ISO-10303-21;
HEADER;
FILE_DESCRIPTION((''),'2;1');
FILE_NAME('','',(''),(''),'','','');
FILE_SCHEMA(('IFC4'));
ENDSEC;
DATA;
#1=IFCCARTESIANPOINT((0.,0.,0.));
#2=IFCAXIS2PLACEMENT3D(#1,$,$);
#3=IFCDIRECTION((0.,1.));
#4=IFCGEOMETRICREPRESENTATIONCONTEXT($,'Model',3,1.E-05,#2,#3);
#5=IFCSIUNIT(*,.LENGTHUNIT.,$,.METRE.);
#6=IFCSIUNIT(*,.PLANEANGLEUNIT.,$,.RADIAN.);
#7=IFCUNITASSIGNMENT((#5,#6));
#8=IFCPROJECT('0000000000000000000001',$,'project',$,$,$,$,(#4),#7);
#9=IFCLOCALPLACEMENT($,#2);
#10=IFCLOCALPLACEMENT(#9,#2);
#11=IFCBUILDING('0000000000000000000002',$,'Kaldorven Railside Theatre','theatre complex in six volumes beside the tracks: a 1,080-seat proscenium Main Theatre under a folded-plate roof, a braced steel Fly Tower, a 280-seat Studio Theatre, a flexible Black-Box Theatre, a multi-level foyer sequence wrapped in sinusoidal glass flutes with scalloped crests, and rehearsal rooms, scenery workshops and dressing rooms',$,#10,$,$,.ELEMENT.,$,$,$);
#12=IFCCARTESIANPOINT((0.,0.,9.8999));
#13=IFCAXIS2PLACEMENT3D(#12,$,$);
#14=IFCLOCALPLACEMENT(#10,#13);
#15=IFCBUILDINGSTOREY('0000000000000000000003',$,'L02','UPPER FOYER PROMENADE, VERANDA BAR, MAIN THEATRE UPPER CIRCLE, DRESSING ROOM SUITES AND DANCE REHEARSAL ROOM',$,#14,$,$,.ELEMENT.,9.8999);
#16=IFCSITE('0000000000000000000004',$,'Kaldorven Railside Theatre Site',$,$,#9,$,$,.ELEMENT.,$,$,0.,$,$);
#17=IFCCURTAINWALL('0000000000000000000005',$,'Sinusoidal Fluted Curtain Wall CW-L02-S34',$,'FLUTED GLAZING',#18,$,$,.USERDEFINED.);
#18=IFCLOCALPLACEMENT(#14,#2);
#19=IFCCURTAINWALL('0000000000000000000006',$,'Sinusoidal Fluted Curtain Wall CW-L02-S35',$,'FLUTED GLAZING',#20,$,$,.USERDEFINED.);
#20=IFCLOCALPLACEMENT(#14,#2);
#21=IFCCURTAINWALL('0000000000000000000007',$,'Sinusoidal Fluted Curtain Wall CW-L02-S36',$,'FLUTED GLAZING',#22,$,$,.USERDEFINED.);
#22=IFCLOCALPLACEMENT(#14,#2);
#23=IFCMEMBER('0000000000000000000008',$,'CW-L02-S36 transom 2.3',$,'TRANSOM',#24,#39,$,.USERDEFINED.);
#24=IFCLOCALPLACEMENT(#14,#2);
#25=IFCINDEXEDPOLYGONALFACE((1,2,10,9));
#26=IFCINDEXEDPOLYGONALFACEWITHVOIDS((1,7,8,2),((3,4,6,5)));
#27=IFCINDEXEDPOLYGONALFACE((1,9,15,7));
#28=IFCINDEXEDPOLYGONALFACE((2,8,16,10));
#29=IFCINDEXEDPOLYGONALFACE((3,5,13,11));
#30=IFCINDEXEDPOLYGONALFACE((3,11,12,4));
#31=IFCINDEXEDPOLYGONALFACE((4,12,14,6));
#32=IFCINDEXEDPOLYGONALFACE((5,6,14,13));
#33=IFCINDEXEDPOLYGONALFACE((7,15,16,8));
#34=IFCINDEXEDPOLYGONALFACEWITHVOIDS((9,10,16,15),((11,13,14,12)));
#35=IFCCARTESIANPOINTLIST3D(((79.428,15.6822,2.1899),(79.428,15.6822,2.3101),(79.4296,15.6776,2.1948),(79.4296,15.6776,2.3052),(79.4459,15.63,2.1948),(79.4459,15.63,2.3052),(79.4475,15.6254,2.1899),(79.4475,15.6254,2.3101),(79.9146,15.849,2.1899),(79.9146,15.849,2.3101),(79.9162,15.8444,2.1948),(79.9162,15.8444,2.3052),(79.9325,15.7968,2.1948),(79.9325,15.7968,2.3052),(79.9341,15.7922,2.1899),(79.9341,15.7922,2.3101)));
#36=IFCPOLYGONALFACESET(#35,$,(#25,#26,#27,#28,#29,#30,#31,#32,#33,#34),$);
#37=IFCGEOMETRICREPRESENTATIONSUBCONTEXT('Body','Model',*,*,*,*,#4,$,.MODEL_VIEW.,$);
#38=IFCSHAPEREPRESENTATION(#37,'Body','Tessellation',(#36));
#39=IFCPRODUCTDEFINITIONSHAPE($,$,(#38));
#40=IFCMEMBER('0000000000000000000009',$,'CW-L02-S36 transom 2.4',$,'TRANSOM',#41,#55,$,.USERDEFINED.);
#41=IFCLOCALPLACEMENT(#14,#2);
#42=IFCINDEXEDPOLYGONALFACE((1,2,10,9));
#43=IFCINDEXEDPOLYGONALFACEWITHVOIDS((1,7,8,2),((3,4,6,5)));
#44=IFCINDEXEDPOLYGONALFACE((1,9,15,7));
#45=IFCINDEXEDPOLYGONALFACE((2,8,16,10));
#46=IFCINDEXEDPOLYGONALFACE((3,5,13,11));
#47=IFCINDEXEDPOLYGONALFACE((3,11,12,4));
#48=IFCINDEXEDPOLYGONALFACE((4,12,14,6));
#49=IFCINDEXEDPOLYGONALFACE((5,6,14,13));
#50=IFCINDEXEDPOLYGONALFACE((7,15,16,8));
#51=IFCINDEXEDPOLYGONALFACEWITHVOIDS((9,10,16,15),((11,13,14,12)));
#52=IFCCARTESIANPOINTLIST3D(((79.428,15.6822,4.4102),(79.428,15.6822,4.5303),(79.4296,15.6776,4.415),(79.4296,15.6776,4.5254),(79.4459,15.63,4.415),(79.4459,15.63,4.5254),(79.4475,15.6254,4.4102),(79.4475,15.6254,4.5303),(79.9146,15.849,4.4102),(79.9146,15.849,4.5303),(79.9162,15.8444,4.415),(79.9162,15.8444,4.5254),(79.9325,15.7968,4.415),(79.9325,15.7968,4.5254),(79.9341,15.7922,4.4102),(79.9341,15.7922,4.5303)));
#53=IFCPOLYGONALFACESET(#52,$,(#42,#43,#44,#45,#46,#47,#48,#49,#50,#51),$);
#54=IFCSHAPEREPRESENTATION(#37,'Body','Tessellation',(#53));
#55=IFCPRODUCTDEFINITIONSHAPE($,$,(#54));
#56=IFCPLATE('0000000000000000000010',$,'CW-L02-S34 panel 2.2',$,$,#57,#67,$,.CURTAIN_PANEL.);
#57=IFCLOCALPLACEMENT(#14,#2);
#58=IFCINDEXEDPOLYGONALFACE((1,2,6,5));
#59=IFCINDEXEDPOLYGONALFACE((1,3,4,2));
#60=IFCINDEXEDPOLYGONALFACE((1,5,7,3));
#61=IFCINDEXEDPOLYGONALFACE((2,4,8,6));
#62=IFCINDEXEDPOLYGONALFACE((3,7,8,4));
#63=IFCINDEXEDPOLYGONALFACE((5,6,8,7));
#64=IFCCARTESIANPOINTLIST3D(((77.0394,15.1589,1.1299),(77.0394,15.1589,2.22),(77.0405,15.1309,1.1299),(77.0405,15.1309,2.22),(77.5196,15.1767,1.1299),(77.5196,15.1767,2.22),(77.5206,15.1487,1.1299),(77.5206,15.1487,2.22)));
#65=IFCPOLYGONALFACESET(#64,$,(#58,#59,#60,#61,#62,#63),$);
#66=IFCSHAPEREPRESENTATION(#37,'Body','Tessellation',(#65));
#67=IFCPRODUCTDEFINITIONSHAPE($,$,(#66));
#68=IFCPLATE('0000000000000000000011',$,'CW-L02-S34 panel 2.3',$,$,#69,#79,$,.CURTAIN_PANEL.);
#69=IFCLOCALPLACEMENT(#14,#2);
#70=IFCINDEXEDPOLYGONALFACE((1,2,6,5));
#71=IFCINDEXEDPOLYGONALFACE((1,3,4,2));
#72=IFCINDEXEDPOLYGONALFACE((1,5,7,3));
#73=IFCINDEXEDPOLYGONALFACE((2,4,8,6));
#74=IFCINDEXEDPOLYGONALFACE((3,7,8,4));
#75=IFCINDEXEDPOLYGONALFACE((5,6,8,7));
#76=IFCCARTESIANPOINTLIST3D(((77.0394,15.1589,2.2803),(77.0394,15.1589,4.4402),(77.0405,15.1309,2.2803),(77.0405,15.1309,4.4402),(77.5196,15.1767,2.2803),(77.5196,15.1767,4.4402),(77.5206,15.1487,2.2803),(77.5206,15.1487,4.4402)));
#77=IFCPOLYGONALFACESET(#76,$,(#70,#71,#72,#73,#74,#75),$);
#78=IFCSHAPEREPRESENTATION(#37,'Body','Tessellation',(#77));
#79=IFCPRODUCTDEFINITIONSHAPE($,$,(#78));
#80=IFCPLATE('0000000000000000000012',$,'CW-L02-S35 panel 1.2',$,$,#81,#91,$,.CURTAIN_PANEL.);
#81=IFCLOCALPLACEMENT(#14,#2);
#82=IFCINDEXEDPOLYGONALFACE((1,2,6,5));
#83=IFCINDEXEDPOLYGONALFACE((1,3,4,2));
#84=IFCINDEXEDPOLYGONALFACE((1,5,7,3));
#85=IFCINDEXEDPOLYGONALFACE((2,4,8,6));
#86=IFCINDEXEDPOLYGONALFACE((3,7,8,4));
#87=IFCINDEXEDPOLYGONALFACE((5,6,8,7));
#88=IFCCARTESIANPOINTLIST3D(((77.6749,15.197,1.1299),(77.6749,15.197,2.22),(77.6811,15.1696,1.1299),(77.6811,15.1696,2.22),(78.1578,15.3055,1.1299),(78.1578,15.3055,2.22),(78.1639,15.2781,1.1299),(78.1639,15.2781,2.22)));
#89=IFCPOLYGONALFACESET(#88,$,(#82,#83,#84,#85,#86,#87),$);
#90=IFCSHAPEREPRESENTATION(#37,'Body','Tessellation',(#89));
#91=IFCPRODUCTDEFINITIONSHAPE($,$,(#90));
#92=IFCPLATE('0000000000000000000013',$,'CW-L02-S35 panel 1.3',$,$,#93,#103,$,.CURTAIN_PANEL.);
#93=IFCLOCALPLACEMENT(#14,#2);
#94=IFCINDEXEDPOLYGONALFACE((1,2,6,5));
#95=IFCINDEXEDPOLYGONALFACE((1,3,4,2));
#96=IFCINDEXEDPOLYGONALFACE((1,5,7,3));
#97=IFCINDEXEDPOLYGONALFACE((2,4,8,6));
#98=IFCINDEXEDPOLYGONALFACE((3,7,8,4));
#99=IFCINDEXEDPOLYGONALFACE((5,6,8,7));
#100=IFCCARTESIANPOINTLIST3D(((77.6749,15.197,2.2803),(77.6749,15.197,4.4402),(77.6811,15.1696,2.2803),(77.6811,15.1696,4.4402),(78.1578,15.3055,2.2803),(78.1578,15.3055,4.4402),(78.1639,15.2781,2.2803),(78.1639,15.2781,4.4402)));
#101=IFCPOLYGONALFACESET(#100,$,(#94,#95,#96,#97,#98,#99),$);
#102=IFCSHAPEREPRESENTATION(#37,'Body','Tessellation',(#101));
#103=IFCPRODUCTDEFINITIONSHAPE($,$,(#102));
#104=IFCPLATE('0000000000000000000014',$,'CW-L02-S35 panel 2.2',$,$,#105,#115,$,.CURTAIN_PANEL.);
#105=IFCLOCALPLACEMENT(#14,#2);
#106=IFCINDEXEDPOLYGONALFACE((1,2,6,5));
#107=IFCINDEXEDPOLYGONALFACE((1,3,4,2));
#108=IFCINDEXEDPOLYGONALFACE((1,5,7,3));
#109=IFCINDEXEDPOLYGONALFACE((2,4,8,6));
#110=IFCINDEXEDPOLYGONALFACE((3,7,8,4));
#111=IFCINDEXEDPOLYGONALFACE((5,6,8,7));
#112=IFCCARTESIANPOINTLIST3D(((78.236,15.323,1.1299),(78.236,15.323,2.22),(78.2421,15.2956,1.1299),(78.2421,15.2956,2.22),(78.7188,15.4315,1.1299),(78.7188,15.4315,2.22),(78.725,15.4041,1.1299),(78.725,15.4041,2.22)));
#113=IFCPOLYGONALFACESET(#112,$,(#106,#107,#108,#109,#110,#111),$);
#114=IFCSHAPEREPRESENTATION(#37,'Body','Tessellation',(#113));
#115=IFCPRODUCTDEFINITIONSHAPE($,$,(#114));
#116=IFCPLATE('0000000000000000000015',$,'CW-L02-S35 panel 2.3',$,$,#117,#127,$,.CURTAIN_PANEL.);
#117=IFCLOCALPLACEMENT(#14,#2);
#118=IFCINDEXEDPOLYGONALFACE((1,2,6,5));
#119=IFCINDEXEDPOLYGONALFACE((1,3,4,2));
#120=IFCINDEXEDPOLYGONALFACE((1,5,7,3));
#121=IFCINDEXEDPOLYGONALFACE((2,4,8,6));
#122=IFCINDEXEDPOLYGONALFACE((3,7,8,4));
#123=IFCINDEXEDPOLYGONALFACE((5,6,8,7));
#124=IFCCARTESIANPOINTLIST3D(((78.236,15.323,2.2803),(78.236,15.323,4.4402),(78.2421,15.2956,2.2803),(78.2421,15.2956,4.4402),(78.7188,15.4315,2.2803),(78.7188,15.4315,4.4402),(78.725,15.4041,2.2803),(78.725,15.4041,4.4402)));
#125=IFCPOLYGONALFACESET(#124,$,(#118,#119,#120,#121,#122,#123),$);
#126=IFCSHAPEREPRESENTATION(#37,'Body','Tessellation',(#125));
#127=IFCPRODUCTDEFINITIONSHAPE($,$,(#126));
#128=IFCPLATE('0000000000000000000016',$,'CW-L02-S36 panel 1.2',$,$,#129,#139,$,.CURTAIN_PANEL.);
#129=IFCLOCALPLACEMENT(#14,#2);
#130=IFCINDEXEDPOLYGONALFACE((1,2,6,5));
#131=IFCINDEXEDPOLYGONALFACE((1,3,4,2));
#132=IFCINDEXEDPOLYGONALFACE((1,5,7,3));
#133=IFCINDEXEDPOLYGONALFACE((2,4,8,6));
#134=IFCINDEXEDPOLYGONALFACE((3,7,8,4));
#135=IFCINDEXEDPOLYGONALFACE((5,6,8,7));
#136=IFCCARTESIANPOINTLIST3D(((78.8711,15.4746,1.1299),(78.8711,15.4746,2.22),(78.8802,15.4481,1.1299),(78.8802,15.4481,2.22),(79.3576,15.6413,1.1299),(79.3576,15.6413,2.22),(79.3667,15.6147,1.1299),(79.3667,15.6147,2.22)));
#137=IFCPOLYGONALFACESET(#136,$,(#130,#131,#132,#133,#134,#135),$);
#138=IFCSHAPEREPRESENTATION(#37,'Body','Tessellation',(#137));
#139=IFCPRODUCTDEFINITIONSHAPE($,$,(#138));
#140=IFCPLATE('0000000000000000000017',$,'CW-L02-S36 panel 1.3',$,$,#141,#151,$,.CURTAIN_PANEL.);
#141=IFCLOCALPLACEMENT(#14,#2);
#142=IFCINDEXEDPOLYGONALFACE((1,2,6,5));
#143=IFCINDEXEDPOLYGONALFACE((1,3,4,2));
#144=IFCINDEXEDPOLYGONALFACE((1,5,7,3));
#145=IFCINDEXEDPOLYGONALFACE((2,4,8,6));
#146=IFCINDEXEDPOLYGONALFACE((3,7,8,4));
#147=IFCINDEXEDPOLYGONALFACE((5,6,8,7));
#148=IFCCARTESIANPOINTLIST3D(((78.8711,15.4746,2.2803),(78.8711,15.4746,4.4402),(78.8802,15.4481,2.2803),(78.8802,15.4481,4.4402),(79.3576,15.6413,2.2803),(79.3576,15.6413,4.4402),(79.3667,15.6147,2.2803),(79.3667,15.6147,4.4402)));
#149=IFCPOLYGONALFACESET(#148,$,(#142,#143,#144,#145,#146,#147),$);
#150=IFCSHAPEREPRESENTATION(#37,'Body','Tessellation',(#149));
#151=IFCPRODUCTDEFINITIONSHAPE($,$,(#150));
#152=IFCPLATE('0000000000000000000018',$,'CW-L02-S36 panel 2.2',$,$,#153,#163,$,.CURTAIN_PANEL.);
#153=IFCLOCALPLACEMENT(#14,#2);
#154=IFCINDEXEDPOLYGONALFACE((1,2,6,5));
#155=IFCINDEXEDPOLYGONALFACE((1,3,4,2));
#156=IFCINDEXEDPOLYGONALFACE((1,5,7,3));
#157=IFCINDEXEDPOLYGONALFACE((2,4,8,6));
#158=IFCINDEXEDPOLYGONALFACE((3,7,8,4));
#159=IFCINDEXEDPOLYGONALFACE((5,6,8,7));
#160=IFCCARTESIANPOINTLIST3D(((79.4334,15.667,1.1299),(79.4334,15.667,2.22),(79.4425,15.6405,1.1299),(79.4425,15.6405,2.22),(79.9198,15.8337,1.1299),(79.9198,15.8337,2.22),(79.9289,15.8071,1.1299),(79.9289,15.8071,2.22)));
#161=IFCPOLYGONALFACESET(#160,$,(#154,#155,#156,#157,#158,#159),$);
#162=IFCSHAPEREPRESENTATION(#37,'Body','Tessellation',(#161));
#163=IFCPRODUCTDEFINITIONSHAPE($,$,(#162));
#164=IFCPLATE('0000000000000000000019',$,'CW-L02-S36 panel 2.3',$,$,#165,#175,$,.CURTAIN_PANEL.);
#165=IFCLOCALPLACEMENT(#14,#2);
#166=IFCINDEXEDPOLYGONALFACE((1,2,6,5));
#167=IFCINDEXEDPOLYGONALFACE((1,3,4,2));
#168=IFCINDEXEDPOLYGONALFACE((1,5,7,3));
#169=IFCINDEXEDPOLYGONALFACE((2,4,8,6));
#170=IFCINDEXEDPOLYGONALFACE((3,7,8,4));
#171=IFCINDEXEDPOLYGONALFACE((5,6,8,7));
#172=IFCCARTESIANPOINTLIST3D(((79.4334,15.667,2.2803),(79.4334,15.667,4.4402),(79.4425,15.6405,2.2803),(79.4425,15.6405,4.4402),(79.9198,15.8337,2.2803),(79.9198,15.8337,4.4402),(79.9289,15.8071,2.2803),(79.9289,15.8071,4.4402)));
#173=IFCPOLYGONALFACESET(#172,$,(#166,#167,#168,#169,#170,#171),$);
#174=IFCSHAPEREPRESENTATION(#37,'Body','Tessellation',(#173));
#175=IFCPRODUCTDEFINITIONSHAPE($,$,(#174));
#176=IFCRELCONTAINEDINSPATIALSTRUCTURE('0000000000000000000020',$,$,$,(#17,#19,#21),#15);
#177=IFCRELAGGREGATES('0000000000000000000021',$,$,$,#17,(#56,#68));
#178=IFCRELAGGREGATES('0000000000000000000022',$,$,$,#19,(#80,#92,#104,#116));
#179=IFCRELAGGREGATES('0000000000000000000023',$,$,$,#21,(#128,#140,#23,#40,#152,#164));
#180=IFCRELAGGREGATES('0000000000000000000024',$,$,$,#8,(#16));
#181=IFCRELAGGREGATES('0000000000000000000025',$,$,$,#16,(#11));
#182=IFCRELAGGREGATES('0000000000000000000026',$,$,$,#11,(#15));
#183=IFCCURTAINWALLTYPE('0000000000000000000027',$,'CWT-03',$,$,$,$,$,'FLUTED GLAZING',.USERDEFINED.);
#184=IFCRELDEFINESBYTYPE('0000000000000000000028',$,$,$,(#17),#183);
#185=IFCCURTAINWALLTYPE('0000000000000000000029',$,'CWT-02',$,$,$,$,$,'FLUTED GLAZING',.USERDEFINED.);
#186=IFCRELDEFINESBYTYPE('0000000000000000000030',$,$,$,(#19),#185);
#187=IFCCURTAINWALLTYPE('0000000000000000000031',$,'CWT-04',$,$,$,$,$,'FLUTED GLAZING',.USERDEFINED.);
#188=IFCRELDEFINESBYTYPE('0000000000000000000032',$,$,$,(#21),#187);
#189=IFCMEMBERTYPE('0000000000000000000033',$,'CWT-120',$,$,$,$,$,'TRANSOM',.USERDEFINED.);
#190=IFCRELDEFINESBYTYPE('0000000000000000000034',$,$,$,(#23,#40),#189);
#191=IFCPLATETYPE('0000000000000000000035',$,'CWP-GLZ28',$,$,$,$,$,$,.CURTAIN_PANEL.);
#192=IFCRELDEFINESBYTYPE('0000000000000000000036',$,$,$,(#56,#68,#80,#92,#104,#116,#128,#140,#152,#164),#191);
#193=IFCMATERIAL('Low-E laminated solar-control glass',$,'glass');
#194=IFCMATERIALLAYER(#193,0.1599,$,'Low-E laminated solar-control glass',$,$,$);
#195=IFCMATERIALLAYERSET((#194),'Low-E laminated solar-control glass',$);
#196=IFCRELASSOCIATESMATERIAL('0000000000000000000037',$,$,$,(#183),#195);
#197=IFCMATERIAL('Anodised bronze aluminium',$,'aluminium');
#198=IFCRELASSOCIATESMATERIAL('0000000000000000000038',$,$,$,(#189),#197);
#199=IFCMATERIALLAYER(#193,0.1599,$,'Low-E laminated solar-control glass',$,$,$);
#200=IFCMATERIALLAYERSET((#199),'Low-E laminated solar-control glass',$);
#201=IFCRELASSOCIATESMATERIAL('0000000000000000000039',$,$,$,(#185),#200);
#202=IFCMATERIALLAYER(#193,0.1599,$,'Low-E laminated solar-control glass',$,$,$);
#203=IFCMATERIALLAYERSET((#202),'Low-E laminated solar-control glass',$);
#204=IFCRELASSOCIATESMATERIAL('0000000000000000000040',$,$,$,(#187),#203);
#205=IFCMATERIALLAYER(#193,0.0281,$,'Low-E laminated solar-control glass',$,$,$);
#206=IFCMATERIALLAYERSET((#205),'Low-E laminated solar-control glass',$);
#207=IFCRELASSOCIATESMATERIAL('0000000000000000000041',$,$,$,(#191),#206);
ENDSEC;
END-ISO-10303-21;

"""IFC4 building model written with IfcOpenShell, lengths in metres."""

from ifc_helpers import new_model, si_unit, direction, frame, origin, origin_2d, place, context, subcontext, project, spatial, rectangle, hollow_rectangle, extrude, material, layer, layer_set, material_profile, profile_set, type_object, element, aggregate, save


model = new_model("IFC4")

# Units and contexts
model_context = context("Model", 3, precision=1e-05, world=origin(), true_north=direction((0.0, 1.0)))
body_context = subcontext(model_context, "Body", "Model", "MODEL_VIEW")
ifc_project = project(units=[si_unit("LENGTHUNIT", "METRE"), si_unit("PLANEANGLEUNIT", "RADIAN")], contexts=[model_context])

# Site, building, storey
site_placement = place(None, origin())
site = spatial("IfcSite", under=ifc_project, at=site_placement, Name="Kaldorven Railside Theatre Site", CompositionType="ELEMENT", RefElevation=0.0)
building_placement = place(site_placement, origin())
building = spatial("IfcBuilding", under=site, at=building_placement, Name="Kaldorven Railside Theatre", Description="theatre complex in six volumes beside the tracks: a 1,080-seat proscenium Main Theatre under a folded-plate roof, a braced steel Fly Tower, a 280-seat Studio Theatre, a flexible Black-Box Theatre, a multi-level foyer sequence wrapped in sinusoidal glass flutes with scalloped crests, and rehearsal rooms, scenery workshops and dressing rooms", CompositionType="ELEMENT")
storey_placement = place(building_placement, frame((0.0, 0.0, 9.8999)))
storey = spatial("IfcBuildingStorey", under=building, at=storey_placement, Name="L02", Description="UPPER FOYER PROMENADE, VERANDA BAR, MAIN THEATRE UPPER CIRCLE, DRESSING ROOM SUITES AND DANCE REHEARSAL ROOM", CompositionType="ELEMENT", Elevation=9.8999)

# Curtain wall
ifc_material_1 = material(Name="Low-E laminated solar-control glass", Category="glass")
ifc_layer_1 = layer(ifc_material_1, 0.1599, Name="Low-E laminated solar-control glass")
ifc_layer_set_1 = layer_set([ifc_layer_1], Name="Low-E laminated solar-control glass")
curtain_wall_type_1 = type_object("IfcCurtainWallType", Name="CWT-03", ElementType="FLUTED GLAZING", PredefinedType="USERDEFINED", material=ifc_layer_set_1)
curtain_wall_1_placement = place(storey_placement, origin())
curtain_wall_1 = element("IfcCurtainWall", 1, at=curtain_wall_1_placement, inside=storey, type_object=curtain_wall_type_1, Name="Sinusoidal Fluted Curtain Wall CW-L02-S34", ObjectType="FLUTED GLAZING", PredefinedType="USERDEFINED")
ifc_material_2 = material(Name="Anodised bronze aluminium", Category="aluminium")
ifc_material_profile = material_profile(ifc_material_2, hollow_rectangle(XDim=0.0601, YDim=0.1201, WallThickness=0.0049, at=origin_2d()), Name="RHS 120x60x5")
ifc_profile_set = profile_set([ifc_material_profile], Name="Anodised bronze aluminium")
member_type = type_object("IfcMemberType", Name="CWT-120", ElementType="TRANSOM", PredefinedType="USERDEFINED", material=ifc_profile_set)

# Curtain walls, members
ifc_layer_2 = layer(ifc_material_1, 0.1599, Name="Low-E laminated solar-control glass")
ifc_layer_set_2 = layer_set([ifc_layer_2], Name="Low-E laminated solar-control glass")
curtain_wall_type_2 = type_object("IfcCurtainWallType", Name="CWT-02", ElementType="FLUTED GLAZING", PredefinedType="USERDEFINED", material=ifc_layer_set_2)
curtain_wall_2_placement = place(storey_placement, origin())
curtain_wall_2 = element("IfcCurtainWall", 2, at=curtain_wall_2_placement, inside=storey, type_object=curtain_wall_type_2, Name="Sinusoidal Fluted Curtain Wall CW-L02-S35", ObjectType="FLUTED GLAZING", PredefinedType="USERDEFINED")
ifc_layer_3 = layer(ifc_material_1, 0.1599, Name="Low-E laminated solar-control glass")
ifc_layer_set_3 = layer_set([ifc_layer_3], Name="Low-E laminated solar-control glass")
curtain_wall_type_3 = type_object("IfcCurtainWallType", Name="CWT-04", ElementType="FLUTED GLAZING", PredefinedType="USERDEFINED", material=ifc_layer_set_3)
curtain_wall_3_placement = place(storey_placement, origin())
curtain_wall_3 = element("IfcCurtainWall", 3, at=curtain_wall_3_placement, inside=storey, type_object=curtain_wall_type_3, Name="Sinusoidal Fluted Curtain Wall CW-L02-S36", ObjectType="FLUTED GLAZING", PredefinedType="USERDEFINED")
member_1_placement = place(storey_placement, frame((79.4377, 15.6538, 2.25), z_axis=(0.945992, 0.324191, 0.0), x_axis=(-0.324191, 0.945992, 0.0)))
member_1 = element("IfcMember", 4, at=member_1_placement, type_object=member_type, Name="CW-L02-S36 transom 2.3", ObjectType="TRANSOM", PredefinedType="USERDEFINED", context=body_context, shape_type="SweptSolid", body=[
    extrude(hollow_rectangle(XDim=0.0601, YDim=0.1201, WallThickness=0.0049, at=origin_2d()), origin(), (0.0, 0.0, 1.0), 0.5144),
])
member_2_placement = place(storey_placement, frame((79.4377, 15.6538, 4.4702), z_axis=(0.945992, 0.324191, 0.0), x_axis=(-0.324191, 0.945992, 0.0)))
member_2 = element("IfcMember", 5, at=member_2_placement, type_object=member_type, Name="CW-L02-S36 transom 2.4", ObjectType="TRANSOM", PredefinedType="USERDEFINED", context=body_context, shape_type="SweptSolid", body=[
    extrude(hollow_rectangle(XDim=0.0601, YDim=0.1201, WallThickness=0.0049, at=origin_2d()), origin(), (0.0, 0.0, 1.0), 0.5144),
])

# Plates
ifc_layer_4 = layer(ifc_material_1, 0.0281, Name="Low-E laminated solar-control glass")
ifc_layer_set_4 = layer_set([ifc_layer_4], Name="Low-E laminated solar-control glass")
plate_type = type_object("IfcPlateType", Name="CWP-GLZ28", PredefinedType="CURTAIN_PANEL", material=ifc_layer_set_4)
plate_1_placement = place(storey_placement, frame((77.28, 15.1538, 1.1299), z_axis=(0.0, 0.0, 1.0), x_axis=(0.999313, 0.037058, 0.0)))
plate_1 = element("IfcPlate", 6, at=plate_1_placement, type_object=plate_type, Name="CW-L02-S34 panel 2.2", PredefinedType="CURTAIN_PANEL", context=body_context, shape_type="SweptSolid", body=[
    extrude(rectangle(XDim=0.4805, YDim=0.0281, at=origin_2d()), origin(), (0.0, 0.0, 1.0), 1.0901),
])
plate_2_placement = place(storey_placement, frame((77.28, 15.1538, 2.2803), z_axis=(0.0, 0.0, 1.0), x_axis=(0.999313, 0.037058, 0.0)))
plate_2 = element("IfcPlate", 7, at=plate_2_placement, type_object=plate_type, Name="CW-L02-S34 panel 2.3", PredefinedType="CURTAIN_PANEL", context=body_context, shape_type="SweptSolid", body=[
    extrude(rectangle(XDim=0.4805, YDim=0.0281, at=origin_2d()), origin(), (0.0, 0.0, 1.0), 2.1599),
])
aggregate(curtain_wall_1, [plate_1, plate_2])
plate_3_placement = place(storey_placement, frame((77.9194, 15.2375, 1.1299), z_axis=(0.0, 0.0, 1.0), x_axis=(0.975679, 0.219203, 0.0)))
plate_3 = element("IfcPlate", 8, at=plate_3_placement, type_object=plate_type, Name="CW-L02-S35 panel 1.2", PredefinedType="CURTAIN_PANEL", context=body_context, shape_type="SweptSolid", body=[
    extrude(rectangle(XDim=0.4949, YDim=0.0281, at=origin_2d()), origin(), (0.0, 0.0, 1.0), 1.0901),
])
plate_4_placement = place(storey_placement, frame((77.9194, 15.2375, 2.2803), z_axis=(0.0, 0.0, 1.0), x_axis=(0.975679, 0.219203, 0.0)))
plate_4 = element("IfcPlate", 9, at=plate_4_placement, type_object=plate_type, Name="CW-L02-S35 panel 1.3", PredefinedType="CURTAIN_PANEL", context=body_context, shape_type="SweptSolid", body=[
    extrude(rectangle(XDim=0.4949, YDim=0.0281, at=origin_2d()), origin(), (0.0, 0.0, 1.0), 2.1599),
])
plate_5_placement = place(storey_placement, frame((78.4805, 15.3635, 1.1299), z_axis=(0.0, 0.0, 1.0), x_axis=(0.975679, 0.219203, 0.0)))
plate_5 = element("IfcPlate", 10, at=plate_5_placement, type_object=plate_type, Name="CW-L02-S35 panel 2.2", PredefinedType="CURTAIN_PANEL", context=body_context, shape_type="SweptSolid", body=[
    extrude(rectangle(XDim=0.4949, YDim=0.0281, at=origin_2d()), origin(), (0.0, 0.0, 1.0), 1.0901),
])
plate_6_placement = place(storey_placement, frame((78.4805, 15.3635, 2.2803), z_axis=(0.0, 0.0, 1.0), x_axis=(0.975679, 0.219203, 0.0)))
plate_6 = element("IfcPlate", 11, at=plate_6_placement, type_object=plate_type, Name="CW-L02-S35 panel 2.3", PredefinedType="CURTAIN_PANEL", context=body_context, shape_type="SweptSolid", body=[
    extrude(rectangle(XDim=0.4949, YDim=0.0281, at=origin_2d()), origin(), (0.0, 0.0, 1.0), 2.1599),
])
aggregate(curtain_wall_2, [plate_3, plate_4, plate_5, plate_6])
plate_7_placement = place(storey_placement, frame((79.1189, 15.5447, 1.1299), z_axis=(0.0, 0.0, 1.0), x_axis=(0.946025, 0.324093, 0.0)))
plate_7 = element("IfcPlate", 12, at=plate_7_placement, type_object=plate_type, Name="CW-L02-S36 panel 1.2", PredefinedType="CURTAIN_PANEL", context=body_context, shape_type="SweptSolid", body=[
    extrude(rectangle(XDim=0.5142, YDim=0.0281, at=origin_2d()), origin(), (0.0, 0.0, 1.0), 1.0901),
])
plate_8_placement = place(storey_placement, frame((79.1189, 15.5447, 2.2803), z_axis=(0.0, 0.0, 1.0), x_axis=(0.946025, 0.324093, 0.0)))
plate_8 = element("IfcPlate", 13, at=plate_8_placement, type_object=plate_type, Name="CW-L02-S36 panel 1.3", PredefinedType="CURTAIN_PANEL", context=body_context, shape_type="SweptSolid", body=[
    extrude(rectangle(XDim=0.5142, YDim=0.0281, at=origin_2d()), origin(), (0.0, 0.0, 1.0), 2.1599),
])
plate_9_placement = place(storey_placement, frame((79.6812, 15.7371, 1.1299), z_axis=(0.0, 0.0, 1.0), x_axis=(0.946025, 0.324093, 0.0)))
plate_9 = element("IfcPlate", 14, at=plate_9_placement, type_object=plate_type, Name="CW-L02-S36 panel 2.2", PredefinedType="CURTAIN_PANEL", context=body_context, shape_type="SweptSolid", body=[
    extrude(rectangle(XDim=0.5142, YDim=0.0281, at=origin_2d()), origin(), (0.0, 0.0, 1.0), 1.0901),
])
plate_10_placement = place(storey_placement, frame((79.6812, 15.7371, 2.2803), z_axis=(0.0, 0.0, 1.0), x_axis=(0.946025, 0.324093, 0.0)))
plate_10 = element("IfcPlate", 15, at=plate_10_placement, type_object=plate_type, Name="CW-L02-S36 panel 2.3", PredefinedType="CURTAIN_PANEL", context=body_context, shape_type="SweptSolid", body=[
    extrude(rectangle(XDim=0.5142, YDim=0.0281, at=origin_2d()), origin(), (0.0, 0.0, 1.0), 2.1599),
])
aggregate(curtain_wall_3, [plate_7, plate_8, member_1, member_2, plate_9, plate_10])

save(model, "model.ifc")
